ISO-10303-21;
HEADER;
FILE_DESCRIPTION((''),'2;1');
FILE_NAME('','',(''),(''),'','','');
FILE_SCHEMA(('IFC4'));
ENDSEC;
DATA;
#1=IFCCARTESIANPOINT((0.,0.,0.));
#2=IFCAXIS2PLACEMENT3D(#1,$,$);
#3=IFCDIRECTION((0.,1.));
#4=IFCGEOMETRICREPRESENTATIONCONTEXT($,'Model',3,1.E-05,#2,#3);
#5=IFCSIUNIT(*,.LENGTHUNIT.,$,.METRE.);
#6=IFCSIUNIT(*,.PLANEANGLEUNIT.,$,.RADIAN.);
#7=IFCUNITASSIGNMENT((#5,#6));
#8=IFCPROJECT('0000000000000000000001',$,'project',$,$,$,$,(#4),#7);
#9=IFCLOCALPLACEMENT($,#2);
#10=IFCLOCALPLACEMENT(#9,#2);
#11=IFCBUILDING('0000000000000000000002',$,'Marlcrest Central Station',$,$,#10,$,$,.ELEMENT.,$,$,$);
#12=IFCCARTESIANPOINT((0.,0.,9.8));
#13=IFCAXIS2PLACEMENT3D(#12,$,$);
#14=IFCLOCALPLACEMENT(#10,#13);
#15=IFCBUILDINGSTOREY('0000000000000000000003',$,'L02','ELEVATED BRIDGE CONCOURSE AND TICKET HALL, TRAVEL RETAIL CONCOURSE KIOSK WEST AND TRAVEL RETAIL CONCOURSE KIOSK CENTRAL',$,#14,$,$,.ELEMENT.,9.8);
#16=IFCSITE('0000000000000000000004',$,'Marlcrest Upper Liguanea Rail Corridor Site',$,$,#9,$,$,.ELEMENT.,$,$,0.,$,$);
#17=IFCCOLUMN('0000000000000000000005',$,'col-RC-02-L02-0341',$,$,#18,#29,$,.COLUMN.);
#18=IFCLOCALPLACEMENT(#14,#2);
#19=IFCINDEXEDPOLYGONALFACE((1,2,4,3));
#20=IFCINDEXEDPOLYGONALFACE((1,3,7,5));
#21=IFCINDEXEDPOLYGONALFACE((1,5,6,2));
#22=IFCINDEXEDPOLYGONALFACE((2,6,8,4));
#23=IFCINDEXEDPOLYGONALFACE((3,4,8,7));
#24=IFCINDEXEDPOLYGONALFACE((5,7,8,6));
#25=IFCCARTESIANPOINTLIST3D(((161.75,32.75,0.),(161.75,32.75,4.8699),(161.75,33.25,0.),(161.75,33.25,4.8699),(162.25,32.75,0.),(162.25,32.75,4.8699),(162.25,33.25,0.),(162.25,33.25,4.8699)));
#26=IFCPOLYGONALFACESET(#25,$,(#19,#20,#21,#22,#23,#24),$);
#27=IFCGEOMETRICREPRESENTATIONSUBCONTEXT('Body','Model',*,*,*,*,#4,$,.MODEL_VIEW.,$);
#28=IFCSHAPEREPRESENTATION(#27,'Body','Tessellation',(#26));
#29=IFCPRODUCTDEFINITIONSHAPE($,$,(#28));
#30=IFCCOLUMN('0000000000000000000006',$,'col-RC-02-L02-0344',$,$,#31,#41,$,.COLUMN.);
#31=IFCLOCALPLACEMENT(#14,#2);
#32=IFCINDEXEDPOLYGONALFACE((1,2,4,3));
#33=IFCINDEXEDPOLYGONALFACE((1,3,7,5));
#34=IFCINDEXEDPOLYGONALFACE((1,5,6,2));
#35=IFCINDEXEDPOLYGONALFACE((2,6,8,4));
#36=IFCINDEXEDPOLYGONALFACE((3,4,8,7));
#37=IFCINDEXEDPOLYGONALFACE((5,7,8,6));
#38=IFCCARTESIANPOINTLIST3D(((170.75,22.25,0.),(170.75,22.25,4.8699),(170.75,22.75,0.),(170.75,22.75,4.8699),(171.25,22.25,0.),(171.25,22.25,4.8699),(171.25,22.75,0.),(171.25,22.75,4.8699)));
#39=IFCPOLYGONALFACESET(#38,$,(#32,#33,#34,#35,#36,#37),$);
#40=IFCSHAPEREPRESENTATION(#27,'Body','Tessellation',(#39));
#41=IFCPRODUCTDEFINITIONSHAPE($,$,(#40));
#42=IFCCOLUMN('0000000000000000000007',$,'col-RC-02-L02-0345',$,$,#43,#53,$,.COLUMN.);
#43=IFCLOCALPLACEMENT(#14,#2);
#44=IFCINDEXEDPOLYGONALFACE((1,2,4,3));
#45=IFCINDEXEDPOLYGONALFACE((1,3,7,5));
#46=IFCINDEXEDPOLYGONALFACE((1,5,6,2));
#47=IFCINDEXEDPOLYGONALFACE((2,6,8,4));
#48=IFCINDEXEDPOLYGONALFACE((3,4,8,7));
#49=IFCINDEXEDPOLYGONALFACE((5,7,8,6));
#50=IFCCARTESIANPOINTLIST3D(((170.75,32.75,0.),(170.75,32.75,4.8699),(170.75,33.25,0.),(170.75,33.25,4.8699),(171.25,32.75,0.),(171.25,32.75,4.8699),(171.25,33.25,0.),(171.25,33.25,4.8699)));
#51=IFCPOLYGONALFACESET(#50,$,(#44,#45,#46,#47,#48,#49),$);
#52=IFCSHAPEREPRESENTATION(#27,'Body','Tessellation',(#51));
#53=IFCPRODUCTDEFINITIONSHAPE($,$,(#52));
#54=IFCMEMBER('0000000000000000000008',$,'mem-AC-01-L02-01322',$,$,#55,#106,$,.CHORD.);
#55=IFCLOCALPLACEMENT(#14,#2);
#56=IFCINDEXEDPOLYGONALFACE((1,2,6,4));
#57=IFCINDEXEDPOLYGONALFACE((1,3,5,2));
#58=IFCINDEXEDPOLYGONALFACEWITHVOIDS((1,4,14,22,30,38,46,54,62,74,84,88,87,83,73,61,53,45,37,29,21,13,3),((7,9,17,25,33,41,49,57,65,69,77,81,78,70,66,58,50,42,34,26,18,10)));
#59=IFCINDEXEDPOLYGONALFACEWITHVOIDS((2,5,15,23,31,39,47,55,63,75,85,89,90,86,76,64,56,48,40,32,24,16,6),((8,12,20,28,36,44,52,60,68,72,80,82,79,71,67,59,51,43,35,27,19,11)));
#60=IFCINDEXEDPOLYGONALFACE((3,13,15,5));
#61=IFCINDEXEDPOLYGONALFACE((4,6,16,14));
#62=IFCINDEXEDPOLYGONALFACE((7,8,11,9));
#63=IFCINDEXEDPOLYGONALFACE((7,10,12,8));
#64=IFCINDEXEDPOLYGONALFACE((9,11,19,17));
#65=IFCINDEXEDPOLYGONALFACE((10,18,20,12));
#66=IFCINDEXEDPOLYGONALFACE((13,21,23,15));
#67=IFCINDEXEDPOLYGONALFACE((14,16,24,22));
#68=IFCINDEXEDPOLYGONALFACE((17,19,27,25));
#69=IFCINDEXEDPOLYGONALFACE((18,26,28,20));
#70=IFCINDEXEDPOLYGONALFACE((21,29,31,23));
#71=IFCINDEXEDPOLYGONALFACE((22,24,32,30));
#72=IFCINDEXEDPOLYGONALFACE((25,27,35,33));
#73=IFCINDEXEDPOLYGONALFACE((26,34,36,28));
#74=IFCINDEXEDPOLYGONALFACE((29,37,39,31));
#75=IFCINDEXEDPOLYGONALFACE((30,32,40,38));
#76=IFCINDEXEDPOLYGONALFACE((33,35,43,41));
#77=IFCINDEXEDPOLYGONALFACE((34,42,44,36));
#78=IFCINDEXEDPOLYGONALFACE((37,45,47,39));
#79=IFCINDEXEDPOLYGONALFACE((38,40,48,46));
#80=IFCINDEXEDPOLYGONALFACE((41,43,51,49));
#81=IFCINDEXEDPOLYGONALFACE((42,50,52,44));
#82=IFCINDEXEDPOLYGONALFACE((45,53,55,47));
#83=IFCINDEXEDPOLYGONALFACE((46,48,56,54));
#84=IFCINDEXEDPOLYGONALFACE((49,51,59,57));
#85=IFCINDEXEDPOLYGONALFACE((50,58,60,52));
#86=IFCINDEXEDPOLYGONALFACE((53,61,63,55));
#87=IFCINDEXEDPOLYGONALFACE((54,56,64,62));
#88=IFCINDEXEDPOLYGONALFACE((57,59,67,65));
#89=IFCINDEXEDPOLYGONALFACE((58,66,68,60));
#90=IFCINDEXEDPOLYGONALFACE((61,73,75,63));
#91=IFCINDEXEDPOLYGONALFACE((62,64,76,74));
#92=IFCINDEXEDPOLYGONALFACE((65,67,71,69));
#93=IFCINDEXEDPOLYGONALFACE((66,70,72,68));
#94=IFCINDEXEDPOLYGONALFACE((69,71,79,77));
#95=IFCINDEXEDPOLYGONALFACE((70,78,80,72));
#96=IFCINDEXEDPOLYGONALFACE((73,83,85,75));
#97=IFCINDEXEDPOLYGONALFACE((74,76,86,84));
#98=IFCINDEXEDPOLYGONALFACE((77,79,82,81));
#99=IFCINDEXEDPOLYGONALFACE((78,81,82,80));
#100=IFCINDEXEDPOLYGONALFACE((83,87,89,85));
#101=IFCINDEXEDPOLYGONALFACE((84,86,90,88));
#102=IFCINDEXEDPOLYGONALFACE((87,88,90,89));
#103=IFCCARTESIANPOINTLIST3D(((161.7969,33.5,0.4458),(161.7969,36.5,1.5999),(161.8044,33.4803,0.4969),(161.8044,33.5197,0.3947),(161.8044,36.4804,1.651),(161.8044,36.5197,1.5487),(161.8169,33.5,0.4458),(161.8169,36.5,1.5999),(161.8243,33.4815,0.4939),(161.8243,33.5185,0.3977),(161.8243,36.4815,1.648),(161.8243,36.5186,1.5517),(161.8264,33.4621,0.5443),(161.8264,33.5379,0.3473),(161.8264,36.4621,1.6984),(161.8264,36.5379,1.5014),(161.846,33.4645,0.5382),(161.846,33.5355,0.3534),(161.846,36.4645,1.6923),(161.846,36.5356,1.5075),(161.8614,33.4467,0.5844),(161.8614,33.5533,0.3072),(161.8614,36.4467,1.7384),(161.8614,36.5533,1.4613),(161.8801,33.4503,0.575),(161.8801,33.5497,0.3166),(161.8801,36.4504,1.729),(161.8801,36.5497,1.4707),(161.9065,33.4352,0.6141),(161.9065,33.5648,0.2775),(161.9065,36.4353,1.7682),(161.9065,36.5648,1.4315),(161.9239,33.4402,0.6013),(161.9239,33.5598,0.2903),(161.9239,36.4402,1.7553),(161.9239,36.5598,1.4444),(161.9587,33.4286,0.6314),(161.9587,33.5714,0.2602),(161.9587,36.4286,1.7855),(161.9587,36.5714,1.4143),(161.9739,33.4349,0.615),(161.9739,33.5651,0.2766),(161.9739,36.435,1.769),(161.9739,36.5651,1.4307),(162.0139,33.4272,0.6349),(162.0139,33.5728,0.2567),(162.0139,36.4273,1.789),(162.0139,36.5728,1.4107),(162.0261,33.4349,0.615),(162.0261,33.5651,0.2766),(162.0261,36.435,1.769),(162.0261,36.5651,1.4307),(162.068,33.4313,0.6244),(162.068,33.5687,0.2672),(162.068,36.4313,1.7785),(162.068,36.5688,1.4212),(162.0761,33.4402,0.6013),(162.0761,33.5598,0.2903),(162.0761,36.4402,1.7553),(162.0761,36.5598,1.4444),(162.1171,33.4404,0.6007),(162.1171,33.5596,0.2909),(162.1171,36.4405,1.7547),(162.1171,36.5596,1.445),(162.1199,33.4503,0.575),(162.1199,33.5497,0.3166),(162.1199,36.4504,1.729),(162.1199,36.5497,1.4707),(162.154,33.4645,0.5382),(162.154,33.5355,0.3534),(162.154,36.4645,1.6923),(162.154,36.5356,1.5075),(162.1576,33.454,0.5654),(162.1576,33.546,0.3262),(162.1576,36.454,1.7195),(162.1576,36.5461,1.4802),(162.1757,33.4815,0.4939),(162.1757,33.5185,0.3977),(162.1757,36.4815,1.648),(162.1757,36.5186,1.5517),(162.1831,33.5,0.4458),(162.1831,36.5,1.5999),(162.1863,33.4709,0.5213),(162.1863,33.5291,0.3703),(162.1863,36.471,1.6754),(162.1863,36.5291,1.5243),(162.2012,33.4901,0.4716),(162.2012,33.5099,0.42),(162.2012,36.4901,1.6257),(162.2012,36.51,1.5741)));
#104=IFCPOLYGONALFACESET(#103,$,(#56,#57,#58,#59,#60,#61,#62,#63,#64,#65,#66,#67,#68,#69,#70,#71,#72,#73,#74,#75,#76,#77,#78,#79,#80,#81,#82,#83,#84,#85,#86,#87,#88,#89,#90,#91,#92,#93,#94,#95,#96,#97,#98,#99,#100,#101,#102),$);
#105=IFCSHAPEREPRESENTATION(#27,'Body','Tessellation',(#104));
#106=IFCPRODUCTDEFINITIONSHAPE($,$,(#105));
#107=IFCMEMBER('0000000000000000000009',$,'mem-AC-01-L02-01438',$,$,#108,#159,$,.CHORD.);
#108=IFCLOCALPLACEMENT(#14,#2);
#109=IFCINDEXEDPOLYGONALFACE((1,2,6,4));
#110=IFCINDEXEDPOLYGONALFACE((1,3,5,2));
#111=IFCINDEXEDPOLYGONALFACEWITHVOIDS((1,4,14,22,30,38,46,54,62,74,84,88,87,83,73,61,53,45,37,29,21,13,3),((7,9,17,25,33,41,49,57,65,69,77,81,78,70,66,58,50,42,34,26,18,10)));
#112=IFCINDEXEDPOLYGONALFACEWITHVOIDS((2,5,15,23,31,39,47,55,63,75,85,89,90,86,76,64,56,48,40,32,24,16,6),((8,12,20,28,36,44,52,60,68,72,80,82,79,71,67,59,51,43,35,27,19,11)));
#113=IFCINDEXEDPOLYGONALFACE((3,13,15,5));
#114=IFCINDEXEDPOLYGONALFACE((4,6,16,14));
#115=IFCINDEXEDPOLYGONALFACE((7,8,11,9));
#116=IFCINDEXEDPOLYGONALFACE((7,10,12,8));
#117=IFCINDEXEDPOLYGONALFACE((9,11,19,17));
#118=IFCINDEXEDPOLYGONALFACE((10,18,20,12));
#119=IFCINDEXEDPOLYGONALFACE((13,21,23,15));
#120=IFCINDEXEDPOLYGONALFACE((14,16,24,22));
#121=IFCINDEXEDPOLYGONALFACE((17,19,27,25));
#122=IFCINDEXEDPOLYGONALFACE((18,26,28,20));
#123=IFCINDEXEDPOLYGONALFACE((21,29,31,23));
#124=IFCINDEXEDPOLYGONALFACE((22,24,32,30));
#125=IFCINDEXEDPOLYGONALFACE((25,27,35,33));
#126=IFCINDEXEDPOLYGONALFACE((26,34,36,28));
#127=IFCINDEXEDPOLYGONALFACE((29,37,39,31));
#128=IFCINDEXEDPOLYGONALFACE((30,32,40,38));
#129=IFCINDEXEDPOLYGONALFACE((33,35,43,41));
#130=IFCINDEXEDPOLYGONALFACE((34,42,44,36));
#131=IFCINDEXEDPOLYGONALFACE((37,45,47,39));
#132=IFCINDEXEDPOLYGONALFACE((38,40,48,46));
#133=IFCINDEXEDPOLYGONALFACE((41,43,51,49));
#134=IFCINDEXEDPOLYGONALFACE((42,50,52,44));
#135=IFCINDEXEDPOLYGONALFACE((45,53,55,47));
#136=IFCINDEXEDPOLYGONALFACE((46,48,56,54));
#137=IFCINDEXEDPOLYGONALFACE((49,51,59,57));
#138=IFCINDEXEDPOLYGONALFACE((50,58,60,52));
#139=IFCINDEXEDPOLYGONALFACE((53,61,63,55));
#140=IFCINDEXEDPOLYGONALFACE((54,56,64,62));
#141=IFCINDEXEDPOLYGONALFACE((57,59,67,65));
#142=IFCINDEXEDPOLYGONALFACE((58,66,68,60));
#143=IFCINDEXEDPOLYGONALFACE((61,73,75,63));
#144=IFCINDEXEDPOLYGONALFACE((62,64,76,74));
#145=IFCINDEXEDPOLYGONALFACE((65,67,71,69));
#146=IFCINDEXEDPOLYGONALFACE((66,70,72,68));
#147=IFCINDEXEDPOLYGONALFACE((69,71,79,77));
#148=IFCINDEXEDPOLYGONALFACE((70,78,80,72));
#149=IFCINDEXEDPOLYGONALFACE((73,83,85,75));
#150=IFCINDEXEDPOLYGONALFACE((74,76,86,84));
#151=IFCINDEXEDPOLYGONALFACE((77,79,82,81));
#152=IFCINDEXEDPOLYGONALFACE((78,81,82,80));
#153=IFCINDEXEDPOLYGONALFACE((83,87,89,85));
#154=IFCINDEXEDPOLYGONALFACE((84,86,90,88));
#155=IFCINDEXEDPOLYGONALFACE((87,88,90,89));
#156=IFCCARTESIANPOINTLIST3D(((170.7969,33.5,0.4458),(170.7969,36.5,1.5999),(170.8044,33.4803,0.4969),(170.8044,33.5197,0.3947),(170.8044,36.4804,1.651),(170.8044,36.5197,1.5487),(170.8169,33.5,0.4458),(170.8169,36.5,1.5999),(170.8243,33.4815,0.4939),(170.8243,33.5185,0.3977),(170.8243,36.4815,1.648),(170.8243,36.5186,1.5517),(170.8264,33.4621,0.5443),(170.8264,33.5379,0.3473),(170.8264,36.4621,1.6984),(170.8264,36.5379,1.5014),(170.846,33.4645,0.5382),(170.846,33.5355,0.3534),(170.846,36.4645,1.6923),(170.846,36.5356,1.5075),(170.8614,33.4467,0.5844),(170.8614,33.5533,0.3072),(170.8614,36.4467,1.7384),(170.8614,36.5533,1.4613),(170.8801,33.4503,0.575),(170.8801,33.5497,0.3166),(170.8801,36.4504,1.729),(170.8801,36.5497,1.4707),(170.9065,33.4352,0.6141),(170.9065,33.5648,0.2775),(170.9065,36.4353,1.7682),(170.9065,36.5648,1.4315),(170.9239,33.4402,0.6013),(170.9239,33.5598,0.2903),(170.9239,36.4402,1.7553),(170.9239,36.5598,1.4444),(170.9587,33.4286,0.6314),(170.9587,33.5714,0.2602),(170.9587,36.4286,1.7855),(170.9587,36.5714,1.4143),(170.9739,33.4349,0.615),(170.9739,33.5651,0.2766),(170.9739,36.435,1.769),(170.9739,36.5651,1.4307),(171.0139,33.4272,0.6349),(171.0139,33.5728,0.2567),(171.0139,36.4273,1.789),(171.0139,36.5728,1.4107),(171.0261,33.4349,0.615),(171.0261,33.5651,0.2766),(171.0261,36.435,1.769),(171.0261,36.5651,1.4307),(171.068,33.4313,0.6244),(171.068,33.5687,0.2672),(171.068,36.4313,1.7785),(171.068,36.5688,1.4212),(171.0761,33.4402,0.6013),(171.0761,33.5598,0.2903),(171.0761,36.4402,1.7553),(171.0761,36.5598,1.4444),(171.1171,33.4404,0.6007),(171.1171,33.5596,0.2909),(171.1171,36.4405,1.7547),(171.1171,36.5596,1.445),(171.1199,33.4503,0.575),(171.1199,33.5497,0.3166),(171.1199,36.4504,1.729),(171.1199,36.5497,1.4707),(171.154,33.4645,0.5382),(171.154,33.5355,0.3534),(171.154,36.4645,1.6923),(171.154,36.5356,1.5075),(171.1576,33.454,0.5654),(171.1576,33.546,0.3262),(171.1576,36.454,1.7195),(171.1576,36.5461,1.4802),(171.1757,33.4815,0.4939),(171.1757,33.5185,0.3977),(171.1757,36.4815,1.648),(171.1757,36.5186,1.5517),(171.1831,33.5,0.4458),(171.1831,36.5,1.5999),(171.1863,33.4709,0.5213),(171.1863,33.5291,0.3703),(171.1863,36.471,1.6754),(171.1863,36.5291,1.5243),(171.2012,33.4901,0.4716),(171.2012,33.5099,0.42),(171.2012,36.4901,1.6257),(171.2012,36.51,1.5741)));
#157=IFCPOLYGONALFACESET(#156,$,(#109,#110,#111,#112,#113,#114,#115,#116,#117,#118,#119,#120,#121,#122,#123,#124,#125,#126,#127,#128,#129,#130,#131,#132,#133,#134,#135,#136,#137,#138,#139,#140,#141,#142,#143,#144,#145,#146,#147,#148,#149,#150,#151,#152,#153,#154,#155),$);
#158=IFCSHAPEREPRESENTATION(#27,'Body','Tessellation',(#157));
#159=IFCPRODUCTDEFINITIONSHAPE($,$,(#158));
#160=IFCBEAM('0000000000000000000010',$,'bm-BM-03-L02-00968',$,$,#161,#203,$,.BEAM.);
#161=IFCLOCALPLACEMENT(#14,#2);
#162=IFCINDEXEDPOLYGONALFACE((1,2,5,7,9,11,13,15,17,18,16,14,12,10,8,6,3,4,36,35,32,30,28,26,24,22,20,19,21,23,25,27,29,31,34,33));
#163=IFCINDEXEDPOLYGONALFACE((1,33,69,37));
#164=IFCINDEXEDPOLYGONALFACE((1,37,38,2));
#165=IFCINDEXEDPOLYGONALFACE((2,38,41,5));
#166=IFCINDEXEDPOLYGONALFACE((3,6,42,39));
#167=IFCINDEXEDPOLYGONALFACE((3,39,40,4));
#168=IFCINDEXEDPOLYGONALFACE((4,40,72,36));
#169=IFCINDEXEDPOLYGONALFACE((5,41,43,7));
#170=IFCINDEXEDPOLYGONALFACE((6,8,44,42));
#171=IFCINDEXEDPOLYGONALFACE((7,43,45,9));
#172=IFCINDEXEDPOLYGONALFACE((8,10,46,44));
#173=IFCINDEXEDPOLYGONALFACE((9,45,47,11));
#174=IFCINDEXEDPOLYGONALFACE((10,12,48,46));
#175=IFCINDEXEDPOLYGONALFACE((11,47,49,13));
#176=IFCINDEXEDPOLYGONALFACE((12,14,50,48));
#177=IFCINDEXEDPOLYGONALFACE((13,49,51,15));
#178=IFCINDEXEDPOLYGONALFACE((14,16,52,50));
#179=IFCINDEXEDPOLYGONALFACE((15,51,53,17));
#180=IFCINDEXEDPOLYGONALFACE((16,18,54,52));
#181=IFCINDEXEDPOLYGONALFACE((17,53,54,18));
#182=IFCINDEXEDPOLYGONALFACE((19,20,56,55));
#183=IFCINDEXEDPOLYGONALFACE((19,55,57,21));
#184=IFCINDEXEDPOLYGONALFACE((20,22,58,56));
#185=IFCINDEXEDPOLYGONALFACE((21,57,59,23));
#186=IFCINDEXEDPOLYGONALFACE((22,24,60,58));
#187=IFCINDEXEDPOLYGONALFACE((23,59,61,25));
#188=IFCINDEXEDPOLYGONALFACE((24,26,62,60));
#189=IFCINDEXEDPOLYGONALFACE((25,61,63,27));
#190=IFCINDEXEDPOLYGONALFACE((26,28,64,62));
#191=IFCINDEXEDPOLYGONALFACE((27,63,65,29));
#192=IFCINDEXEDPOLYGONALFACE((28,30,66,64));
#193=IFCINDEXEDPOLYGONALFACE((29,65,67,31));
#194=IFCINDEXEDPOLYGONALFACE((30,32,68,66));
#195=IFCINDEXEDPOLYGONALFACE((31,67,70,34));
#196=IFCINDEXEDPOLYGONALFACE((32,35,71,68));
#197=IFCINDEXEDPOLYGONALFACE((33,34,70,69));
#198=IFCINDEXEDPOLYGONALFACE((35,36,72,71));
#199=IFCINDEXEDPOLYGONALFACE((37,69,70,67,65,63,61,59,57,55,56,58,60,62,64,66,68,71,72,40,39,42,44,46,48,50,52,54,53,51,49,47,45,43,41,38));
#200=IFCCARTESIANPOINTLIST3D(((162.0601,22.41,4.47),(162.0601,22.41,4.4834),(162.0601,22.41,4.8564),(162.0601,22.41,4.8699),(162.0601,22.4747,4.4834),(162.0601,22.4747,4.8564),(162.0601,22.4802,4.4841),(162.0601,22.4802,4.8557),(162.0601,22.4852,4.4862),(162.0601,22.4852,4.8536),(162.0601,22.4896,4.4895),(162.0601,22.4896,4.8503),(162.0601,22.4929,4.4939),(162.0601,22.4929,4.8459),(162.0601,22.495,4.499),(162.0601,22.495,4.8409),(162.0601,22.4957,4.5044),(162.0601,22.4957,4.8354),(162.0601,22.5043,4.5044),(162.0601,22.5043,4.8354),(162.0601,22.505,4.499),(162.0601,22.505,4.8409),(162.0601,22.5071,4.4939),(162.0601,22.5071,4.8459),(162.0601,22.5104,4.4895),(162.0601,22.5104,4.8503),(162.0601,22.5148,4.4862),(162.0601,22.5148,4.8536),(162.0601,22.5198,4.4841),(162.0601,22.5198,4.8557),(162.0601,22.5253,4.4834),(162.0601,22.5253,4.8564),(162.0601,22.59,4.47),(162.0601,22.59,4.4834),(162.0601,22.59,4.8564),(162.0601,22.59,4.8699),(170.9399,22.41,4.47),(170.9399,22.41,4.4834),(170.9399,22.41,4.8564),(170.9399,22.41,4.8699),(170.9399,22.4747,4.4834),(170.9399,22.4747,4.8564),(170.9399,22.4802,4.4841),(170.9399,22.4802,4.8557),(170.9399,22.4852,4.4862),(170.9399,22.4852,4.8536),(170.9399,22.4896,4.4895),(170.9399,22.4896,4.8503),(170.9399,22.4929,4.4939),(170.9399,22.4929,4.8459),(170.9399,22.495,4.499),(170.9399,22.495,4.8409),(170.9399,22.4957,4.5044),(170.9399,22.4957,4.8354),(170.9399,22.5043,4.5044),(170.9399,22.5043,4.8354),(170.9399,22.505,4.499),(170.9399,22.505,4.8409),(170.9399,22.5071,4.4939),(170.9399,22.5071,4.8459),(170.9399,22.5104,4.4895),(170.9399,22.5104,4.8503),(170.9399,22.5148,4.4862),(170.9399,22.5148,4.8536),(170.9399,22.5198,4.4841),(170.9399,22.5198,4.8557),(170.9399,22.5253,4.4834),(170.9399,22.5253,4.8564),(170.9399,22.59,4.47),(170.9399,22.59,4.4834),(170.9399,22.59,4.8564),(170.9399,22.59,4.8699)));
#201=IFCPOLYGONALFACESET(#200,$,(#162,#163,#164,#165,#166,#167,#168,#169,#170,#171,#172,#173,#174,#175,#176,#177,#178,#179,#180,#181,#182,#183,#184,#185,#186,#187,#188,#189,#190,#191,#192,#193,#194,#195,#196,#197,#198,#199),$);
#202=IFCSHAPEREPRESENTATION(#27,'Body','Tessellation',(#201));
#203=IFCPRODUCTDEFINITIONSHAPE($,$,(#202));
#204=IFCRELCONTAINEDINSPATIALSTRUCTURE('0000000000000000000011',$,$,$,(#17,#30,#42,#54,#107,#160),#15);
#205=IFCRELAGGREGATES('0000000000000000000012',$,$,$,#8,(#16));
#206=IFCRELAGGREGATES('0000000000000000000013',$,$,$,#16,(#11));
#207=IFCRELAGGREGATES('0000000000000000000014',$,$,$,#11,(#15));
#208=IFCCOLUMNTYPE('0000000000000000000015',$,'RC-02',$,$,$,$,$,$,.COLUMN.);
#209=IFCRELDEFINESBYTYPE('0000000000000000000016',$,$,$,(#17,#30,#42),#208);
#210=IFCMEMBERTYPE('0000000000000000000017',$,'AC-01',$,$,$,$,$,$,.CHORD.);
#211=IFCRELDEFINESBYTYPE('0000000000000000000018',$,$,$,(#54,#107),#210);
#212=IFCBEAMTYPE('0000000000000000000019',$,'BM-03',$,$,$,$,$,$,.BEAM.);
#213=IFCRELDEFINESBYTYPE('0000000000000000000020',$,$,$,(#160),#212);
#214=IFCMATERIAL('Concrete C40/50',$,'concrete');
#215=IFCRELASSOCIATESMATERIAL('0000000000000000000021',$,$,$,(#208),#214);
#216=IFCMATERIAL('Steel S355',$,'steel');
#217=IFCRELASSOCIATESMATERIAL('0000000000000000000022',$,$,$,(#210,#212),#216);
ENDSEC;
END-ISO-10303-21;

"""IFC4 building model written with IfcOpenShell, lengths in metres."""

from ifc_helpers import new_model, si_unit, direction, frame, origin, origin_2d, place, context, subcontext, project, spatial, rectangle, hollow_circle, i_section, extrude, material, material_profile, profile_set, type_object, element, save


model = new_model("IFC4")

# Units and contexts
model_context = context("Model", 3, precision=1e-05, world=origin(), true_north=direction((0.0, 1.0)))
body_context = subcontext(model_context, "Body", "Model", "MODEL_VIEW")
ifc_project = project(units=[si_unit("LENGTHUNIT", "METRE"), si_unit("PLANEANGLEUNIT", "RADIAN")], contexts=[model_context])

# Site, building, storey
site_placement = place(None, origin())
site = spatial("IfcSite", under=ifc_project, at=site_placement, Name="Marlcrest Upper Liguanea Rail Corridor Site", CompositionType="ELEMENT", RefElevation=0.0)
building_placement = place(site_placement, origin())
building = spatial("IfcBuilding", under=site, at=building_placement, Name="Marlcrest Central Station", CompositionType="ELEMENT")
storey_placement = place(building_placement, frame((0.0, 0.0, 9.8)))
storey = spatial("IfcBuildingStorey", under=building, at=storey_placement, Name="L02", Description="ELEVATED BRIDGE CONCOURSE AND TICKET HALL, TRAVEL RETAIL CONCOURSE KIOSK WEST AND TRAVEL RETAIL CONCOURSE KIOSK CENTRAL", CompositionType="ELEMENT", Elevation=9.8)

# Columns
ifc_material_1 = material(Name="Concrete C40/50", Category="concrete")
ifc_material_profile_1 = material_profile(ifc_material_1, rectangle(XDim=0.5, YDim=0.5, at=origin_2d()), Name="RC 500x500")
ifc_profile_set_1 = profile_set([ifc_material_profile_1], Name="Concrete C40/50")
column_type = type_object("IfcColumnType", Name="RC-02", PredefinedType="COLUMN", material=ifc_profile_set_1)
for number, where, z_axis, x_axis, name in (
    (1, (162.0, 33.0, 0.0), (0.0, 0.0, 1.0), (1.0, 0.0, 0.0), "col-RC-02-L02-0341"),
    (2, (171.0, 22.5, 0.0), (0.0, 0.0, 1.0), (1.0, 0.0, 0.0), "col-RC-02-L02-0344"),
    (3, (171.0, 33.0, 0.0), (0.0, 0.0, 1.0), (1.0, 0.0, 0.0), "col-RC-02-L02-0345"),
):
    element("IfcColumn", number, at=place(storey_placement, frame(where, z_axis=z_axis, x_axis=x_axis)), inside=storey, type_object=column_type, Name=name, PredefinedType="COLUMN", context=body_context, shape_type="SweptSolid", body=[
        extrude(rectangle(XDim=0.5, YDim=0.5, at=origin_2d()), origin(), (0.0, 0.0, 1.0), 4.8699),
    ])

# Members
ifc_material_2 = material(Name="Steel S355", Category="steel")
ifc_material_profile_2 = material_profile(ifc_material_2, hollow_circle(Radius=0.2031, WallThickness=0.02, at=origin_2d()), Name="CHS 406.4x20")
ifc_profile_set_2 = profile_set([ifc_material_profile_2], Name="Steel S355")
member_type_1 = type_object("IfcMemberType", Name="AC-01", PredefinedType="CHORD", material=ifc_profile_set_2)
for number, where, z_axis, x_axis, name in (
    (4, (162.0, 33.5, 0.4458), (0.0, 0.933324, 0.359035), (-1.0, 0.0, 0.0), "mem-AC-01-L02-01322"),
    (5, (171.0, 33.5, 0.4458), (0.0, 0.933324, 0.359035), (-1.0, 0.0, 0.0), "mem-AC-01-L02-01438"),
):
    element("IfcMember", number, at=place(storey_placement, frame(where, z_axis=z_axis, x_axis=x_axis)), inside=storey, type_object=member_type_1, Name=name, PredefinedType="CHORD", context=body_context, shape_type="SweptSolid", body=[
        extrude(hollow_circle(Radius=0.2031, WallThickness=0.02, at=origin_2d()), origin(), (0.0, 0.0, 1.0), 3.2144),
    ])

# Beam
ifc_material_profile_3 = material_profile(ifc_material_2, i_section(OverallWidth=0.1799, OverallDepth=0.3999, WebThickness=0.0085, FlangeThickness=0.0134, FilletRadius=0.021, at=origin_2d()), Name="IPE 400")
ifc_profile_set_3 = profile_set([ifc_material_profile_3], Name="Steel S355")
beam_type_1 = type_object("IfcBeamType", Name="BM-03", PredefinedType="BEAM", material=ifc_profile_set_3)
beam_1_placement = place(storey_placement, frame((162.0601, 22.5, 4.6699), z_axis=(1.0, 0.0, 0.0), x_axis=(0.0, 1.0, 0.0)))
element("IfcBeam", 6, at=beam_1_placement, inside=storey, type_object=beam_type_1, Name="bm-BM-03-L02-00968", PredefinedType="BEAM", context=body_context, shape_type="SweptSolid", body=[
    extrude(i_section(OverallWidth=0.1799, OverallDepth=0.3999, WebThickness=0.0085, FlangeThickness=0.0134, FilletRadius=0.021, at=origin_2d()), origin(), (0.0, 0.0, 1.0), 8.8799),
])

save(model, "model.ifc")
